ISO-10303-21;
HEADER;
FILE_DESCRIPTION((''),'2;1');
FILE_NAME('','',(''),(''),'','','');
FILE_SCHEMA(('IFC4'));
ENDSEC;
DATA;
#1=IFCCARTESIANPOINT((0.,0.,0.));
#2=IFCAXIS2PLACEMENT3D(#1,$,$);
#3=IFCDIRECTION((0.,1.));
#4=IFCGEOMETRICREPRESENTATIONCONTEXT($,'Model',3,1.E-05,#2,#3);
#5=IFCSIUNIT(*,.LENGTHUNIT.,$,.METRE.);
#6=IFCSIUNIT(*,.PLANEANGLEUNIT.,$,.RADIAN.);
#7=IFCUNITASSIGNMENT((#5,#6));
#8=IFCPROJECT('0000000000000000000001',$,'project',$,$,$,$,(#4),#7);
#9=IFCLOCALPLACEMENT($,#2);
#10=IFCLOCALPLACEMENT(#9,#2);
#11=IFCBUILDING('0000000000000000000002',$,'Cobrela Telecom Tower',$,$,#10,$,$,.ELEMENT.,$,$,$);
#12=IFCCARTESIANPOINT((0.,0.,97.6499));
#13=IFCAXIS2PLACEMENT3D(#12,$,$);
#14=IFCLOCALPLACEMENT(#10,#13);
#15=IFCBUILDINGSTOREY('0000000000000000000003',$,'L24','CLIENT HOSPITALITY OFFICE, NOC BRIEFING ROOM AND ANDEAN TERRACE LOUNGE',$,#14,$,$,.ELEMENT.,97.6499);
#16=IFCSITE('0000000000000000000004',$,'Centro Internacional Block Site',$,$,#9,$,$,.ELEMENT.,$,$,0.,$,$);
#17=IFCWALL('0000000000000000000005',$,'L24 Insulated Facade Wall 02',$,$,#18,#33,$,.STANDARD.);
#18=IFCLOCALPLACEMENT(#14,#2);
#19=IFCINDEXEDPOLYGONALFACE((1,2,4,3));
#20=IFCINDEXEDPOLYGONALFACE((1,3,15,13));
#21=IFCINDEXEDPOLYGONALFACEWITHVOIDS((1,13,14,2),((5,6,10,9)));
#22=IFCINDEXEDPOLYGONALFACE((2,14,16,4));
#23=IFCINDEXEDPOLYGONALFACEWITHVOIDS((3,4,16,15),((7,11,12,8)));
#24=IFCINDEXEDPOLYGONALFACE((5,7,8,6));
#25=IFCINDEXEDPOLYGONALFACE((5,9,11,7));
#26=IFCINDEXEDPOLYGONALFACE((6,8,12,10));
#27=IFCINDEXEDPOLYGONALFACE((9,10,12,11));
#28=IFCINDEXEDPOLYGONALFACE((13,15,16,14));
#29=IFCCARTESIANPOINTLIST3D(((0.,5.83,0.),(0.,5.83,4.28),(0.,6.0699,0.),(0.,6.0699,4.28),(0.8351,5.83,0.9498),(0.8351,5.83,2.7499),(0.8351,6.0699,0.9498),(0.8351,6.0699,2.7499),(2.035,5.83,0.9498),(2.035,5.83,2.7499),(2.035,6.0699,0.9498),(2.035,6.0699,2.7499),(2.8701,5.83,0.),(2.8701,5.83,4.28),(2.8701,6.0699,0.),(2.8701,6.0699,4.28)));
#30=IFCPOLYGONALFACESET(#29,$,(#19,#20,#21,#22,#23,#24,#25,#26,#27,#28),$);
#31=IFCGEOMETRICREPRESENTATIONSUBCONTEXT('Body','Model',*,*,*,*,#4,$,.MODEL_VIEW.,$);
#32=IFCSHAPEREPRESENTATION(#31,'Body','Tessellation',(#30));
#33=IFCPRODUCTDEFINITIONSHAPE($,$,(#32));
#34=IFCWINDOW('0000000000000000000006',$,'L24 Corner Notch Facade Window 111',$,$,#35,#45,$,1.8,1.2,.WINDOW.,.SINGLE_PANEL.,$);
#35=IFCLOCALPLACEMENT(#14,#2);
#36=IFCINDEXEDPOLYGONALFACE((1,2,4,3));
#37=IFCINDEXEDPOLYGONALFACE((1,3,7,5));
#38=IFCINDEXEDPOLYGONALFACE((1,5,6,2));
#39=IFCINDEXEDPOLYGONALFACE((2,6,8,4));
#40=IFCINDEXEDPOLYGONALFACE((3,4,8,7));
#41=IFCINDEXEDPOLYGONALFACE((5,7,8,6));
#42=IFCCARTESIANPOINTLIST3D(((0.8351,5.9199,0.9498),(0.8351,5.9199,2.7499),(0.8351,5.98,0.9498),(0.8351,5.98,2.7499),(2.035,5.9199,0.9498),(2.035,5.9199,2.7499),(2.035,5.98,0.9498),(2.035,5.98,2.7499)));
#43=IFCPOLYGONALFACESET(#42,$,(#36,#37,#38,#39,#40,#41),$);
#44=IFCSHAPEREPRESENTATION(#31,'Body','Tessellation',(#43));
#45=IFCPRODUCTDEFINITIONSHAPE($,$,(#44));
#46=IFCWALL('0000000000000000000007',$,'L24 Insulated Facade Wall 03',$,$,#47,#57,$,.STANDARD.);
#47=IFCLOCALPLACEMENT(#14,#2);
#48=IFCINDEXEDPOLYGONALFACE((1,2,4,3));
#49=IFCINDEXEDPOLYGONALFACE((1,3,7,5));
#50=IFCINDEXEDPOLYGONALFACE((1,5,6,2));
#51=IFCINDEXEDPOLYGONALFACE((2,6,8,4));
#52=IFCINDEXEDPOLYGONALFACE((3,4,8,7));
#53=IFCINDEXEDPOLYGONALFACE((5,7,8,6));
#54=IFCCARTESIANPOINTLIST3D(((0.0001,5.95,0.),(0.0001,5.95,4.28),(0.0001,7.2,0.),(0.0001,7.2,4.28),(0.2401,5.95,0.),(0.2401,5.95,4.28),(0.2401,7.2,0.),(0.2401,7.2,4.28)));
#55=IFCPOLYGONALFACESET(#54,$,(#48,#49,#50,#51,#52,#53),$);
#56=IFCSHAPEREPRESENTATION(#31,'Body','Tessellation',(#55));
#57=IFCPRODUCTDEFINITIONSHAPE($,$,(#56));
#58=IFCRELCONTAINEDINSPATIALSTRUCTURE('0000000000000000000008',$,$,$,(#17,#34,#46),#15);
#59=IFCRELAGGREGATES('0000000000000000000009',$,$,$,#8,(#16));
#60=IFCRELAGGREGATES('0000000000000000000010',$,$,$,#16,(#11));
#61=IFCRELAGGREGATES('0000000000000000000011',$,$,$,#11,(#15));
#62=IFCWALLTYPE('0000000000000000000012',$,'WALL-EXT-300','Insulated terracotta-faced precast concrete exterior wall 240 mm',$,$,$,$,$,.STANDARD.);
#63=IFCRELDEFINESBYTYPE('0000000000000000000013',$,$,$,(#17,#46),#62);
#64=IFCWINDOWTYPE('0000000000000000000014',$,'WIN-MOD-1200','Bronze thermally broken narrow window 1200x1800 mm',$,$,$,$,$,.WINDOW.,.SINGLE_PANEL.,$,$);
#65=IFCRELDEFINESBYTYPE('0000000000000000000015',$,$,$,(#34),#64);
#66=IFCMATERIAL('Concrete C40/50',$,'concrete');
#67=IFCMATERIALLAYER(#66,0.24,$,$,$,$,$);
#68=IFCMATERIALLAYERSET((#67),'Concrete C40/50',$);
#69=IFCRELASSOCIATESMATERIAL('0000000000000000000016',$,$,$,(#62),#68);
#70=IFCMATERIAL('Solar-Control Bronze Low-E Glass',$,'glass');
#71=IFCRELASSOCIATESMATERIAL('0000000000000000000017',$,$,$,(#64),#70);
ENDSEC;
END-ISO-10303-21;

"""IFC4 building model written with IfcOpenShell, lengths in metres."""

from ifc_helpers import new_model, si_unit, direction, frame, frame_2d, origin, place, context, subcontext, project, spatial, rectangle, extrude, material, layer, layer_set, type_object, element, fill, save


model = new_model("IFC4")

# Units and contexts
model_context = context("Model", 3, precision=1e-05, world=origin(), true_north=direction((0.0, 1.0)))
body_context = subcontext(model_context, "Body", "Model", "MODEL_VIEW")
ifc_project = project(units=[si_unit("LENGTHUNIT", "METRE"), si_unit("PLANEANGLEUNIT", "RADIAN")], contexts=[model_context])

# Site, building, storey
site_placement = place(None, origin())
site = spatial("IfcSite", under=ifc_project, at=site_placement, Name="Centro Internacional Block Site", CompositionType="ELEMENT", RefElevation=0.0)
building_placement = place(site_placement, origin())
building = spatial("IfcBuilding", under=site, at=building_placement, Name="Cobrela Telecom Tower", CompositionType="ELEMENT")
storey_placement = place(building_placement, frame((0.0, 0.0, 97.6499)))
storey = spatial("IfcBuildingStorey", under=building, at=storey_placement, Name="L24", Description="CLIENT HOSPITALITY OFFICE, NOC BRIEFING ROOM AND ANDEAN TERRACE LOUNGE", CompositionType="ELEMENT", Elevation=97.6499)

# Shared definitions
ifc_material_1 = material(Name="Solar-Control Bronze Low-E Glass", Category="glass")

# Wall, opening, window
ifc_material_2 = material(Name="Concrete C40/50", Category="concrete")
ifc_layer_1 = layer(ifc_material_2, 0.24)
ifc_layer_set_1 = layer_set([ifc_layer_1], Name="Concrete C40/50")
wall_type_1 = type_object("IfcWallType", Name="WALL-EXT-300", Description="Insulated terracotta-faced precast concrete exterior wall 240 mm", PredefinedType="STANDARD", material=ifc_layer_set_1)
wall_1_placement = place(storey_placement, frame((2.8701, 5.95, 0.0), z_axis=(0.0, 0.0, 1.0), x_axis=(-1.0, 0.0, 0.0)))
wall_1 = element("IfcWall", 1, at=wall_1_placement, inside=storey, type_object=wall_type_1, Name="L24 Insulated Facade Wall 02", PredefinedType="STANDARD", context=body_context, shape_type="SweptSolid", body=[
    extrude(rectangle(XDim=2.8701, YDim=0.24, at=frame_2d((1.4351, 0.0))), origin(), (0.0, 0.0, 1.0), 4.28),
])
opening_1_placement = place(wall_1_placement, frame((0.835, 0.0, 0.95)))
opening_1 = element("IfcOpeningElement", 2, at=opening_1_placement, cuts=wall_1, PredefinedType="OPENING", context=body_context, shape_type="SweptSolid", body=[
    extrude(rectangle(XDim=1.2, YDim=1.8, at=frame_2d((0.6001, 0.8999))), frame((0.0, 0.1318, 0.0), z_axis=(0.0, -1.0, 0.0), x_axis=(1.0, 0.0, 0.0)), (0.0, 0.0, 1.0), 0.2639),
])
window_type_1 = type_object("IfcWindowType", Name="WIN-MOD-1200", Description="Bronze thermally broken narrow window 1200x1800 mm", PartitioningType="SINGLE_PANEL", PredefinedType="WINDOW", material=ifc_material_1)
window_1_placement = place(opening_1_placement, origin())
window_1 = element("IfcWindow", 3, at=window_1_placement, inside=storey, type_object=window_type_1, Name="L24 Corner Notch Facade Window 111", OverallHeight=1.8, OverallWidth=1.2, PartitioningType="SINGLE_PANEL", PredefinedType="WINDOW", context=body_context, shape_type="SweptSolid", body=[
    extrude(rectangle(XDim=1.2, YDim=1.8, at=frame_2d((0.6001, 0.8999))), frame((0.0, 0.03, 0.0), z_axis=(0.0, -1.0, 0.0), x_axis=(1.0, 0.0, 0.0)), (0.0, 0.0, 1.0), 0.0601),
])
fill(opening_1, window_1)

# Wall
wall_2_placement = place(storey_placement, frame((0.1201, 5.95, 0.0), z_axis=(0.0, 0.0, 1.0), x_axis=(0.0, 1.0, 0.0)))
element("IfcWall", 4, at=wall_2_placement, inside=storey, type_object=wall_type_1, Name="L24 Insulated Facade Wall 03", PredefinedType="STANDARD", context=body_context, shape_type="SweptSolid", body=[
    extrude(rectangle(XDim=1.25, YDim=0.24, at=frame_2d((0.625, 0.0))), origin(), (0.0, 0.0, 1.0), 4.28),
])

save(model, "model.ifc")
